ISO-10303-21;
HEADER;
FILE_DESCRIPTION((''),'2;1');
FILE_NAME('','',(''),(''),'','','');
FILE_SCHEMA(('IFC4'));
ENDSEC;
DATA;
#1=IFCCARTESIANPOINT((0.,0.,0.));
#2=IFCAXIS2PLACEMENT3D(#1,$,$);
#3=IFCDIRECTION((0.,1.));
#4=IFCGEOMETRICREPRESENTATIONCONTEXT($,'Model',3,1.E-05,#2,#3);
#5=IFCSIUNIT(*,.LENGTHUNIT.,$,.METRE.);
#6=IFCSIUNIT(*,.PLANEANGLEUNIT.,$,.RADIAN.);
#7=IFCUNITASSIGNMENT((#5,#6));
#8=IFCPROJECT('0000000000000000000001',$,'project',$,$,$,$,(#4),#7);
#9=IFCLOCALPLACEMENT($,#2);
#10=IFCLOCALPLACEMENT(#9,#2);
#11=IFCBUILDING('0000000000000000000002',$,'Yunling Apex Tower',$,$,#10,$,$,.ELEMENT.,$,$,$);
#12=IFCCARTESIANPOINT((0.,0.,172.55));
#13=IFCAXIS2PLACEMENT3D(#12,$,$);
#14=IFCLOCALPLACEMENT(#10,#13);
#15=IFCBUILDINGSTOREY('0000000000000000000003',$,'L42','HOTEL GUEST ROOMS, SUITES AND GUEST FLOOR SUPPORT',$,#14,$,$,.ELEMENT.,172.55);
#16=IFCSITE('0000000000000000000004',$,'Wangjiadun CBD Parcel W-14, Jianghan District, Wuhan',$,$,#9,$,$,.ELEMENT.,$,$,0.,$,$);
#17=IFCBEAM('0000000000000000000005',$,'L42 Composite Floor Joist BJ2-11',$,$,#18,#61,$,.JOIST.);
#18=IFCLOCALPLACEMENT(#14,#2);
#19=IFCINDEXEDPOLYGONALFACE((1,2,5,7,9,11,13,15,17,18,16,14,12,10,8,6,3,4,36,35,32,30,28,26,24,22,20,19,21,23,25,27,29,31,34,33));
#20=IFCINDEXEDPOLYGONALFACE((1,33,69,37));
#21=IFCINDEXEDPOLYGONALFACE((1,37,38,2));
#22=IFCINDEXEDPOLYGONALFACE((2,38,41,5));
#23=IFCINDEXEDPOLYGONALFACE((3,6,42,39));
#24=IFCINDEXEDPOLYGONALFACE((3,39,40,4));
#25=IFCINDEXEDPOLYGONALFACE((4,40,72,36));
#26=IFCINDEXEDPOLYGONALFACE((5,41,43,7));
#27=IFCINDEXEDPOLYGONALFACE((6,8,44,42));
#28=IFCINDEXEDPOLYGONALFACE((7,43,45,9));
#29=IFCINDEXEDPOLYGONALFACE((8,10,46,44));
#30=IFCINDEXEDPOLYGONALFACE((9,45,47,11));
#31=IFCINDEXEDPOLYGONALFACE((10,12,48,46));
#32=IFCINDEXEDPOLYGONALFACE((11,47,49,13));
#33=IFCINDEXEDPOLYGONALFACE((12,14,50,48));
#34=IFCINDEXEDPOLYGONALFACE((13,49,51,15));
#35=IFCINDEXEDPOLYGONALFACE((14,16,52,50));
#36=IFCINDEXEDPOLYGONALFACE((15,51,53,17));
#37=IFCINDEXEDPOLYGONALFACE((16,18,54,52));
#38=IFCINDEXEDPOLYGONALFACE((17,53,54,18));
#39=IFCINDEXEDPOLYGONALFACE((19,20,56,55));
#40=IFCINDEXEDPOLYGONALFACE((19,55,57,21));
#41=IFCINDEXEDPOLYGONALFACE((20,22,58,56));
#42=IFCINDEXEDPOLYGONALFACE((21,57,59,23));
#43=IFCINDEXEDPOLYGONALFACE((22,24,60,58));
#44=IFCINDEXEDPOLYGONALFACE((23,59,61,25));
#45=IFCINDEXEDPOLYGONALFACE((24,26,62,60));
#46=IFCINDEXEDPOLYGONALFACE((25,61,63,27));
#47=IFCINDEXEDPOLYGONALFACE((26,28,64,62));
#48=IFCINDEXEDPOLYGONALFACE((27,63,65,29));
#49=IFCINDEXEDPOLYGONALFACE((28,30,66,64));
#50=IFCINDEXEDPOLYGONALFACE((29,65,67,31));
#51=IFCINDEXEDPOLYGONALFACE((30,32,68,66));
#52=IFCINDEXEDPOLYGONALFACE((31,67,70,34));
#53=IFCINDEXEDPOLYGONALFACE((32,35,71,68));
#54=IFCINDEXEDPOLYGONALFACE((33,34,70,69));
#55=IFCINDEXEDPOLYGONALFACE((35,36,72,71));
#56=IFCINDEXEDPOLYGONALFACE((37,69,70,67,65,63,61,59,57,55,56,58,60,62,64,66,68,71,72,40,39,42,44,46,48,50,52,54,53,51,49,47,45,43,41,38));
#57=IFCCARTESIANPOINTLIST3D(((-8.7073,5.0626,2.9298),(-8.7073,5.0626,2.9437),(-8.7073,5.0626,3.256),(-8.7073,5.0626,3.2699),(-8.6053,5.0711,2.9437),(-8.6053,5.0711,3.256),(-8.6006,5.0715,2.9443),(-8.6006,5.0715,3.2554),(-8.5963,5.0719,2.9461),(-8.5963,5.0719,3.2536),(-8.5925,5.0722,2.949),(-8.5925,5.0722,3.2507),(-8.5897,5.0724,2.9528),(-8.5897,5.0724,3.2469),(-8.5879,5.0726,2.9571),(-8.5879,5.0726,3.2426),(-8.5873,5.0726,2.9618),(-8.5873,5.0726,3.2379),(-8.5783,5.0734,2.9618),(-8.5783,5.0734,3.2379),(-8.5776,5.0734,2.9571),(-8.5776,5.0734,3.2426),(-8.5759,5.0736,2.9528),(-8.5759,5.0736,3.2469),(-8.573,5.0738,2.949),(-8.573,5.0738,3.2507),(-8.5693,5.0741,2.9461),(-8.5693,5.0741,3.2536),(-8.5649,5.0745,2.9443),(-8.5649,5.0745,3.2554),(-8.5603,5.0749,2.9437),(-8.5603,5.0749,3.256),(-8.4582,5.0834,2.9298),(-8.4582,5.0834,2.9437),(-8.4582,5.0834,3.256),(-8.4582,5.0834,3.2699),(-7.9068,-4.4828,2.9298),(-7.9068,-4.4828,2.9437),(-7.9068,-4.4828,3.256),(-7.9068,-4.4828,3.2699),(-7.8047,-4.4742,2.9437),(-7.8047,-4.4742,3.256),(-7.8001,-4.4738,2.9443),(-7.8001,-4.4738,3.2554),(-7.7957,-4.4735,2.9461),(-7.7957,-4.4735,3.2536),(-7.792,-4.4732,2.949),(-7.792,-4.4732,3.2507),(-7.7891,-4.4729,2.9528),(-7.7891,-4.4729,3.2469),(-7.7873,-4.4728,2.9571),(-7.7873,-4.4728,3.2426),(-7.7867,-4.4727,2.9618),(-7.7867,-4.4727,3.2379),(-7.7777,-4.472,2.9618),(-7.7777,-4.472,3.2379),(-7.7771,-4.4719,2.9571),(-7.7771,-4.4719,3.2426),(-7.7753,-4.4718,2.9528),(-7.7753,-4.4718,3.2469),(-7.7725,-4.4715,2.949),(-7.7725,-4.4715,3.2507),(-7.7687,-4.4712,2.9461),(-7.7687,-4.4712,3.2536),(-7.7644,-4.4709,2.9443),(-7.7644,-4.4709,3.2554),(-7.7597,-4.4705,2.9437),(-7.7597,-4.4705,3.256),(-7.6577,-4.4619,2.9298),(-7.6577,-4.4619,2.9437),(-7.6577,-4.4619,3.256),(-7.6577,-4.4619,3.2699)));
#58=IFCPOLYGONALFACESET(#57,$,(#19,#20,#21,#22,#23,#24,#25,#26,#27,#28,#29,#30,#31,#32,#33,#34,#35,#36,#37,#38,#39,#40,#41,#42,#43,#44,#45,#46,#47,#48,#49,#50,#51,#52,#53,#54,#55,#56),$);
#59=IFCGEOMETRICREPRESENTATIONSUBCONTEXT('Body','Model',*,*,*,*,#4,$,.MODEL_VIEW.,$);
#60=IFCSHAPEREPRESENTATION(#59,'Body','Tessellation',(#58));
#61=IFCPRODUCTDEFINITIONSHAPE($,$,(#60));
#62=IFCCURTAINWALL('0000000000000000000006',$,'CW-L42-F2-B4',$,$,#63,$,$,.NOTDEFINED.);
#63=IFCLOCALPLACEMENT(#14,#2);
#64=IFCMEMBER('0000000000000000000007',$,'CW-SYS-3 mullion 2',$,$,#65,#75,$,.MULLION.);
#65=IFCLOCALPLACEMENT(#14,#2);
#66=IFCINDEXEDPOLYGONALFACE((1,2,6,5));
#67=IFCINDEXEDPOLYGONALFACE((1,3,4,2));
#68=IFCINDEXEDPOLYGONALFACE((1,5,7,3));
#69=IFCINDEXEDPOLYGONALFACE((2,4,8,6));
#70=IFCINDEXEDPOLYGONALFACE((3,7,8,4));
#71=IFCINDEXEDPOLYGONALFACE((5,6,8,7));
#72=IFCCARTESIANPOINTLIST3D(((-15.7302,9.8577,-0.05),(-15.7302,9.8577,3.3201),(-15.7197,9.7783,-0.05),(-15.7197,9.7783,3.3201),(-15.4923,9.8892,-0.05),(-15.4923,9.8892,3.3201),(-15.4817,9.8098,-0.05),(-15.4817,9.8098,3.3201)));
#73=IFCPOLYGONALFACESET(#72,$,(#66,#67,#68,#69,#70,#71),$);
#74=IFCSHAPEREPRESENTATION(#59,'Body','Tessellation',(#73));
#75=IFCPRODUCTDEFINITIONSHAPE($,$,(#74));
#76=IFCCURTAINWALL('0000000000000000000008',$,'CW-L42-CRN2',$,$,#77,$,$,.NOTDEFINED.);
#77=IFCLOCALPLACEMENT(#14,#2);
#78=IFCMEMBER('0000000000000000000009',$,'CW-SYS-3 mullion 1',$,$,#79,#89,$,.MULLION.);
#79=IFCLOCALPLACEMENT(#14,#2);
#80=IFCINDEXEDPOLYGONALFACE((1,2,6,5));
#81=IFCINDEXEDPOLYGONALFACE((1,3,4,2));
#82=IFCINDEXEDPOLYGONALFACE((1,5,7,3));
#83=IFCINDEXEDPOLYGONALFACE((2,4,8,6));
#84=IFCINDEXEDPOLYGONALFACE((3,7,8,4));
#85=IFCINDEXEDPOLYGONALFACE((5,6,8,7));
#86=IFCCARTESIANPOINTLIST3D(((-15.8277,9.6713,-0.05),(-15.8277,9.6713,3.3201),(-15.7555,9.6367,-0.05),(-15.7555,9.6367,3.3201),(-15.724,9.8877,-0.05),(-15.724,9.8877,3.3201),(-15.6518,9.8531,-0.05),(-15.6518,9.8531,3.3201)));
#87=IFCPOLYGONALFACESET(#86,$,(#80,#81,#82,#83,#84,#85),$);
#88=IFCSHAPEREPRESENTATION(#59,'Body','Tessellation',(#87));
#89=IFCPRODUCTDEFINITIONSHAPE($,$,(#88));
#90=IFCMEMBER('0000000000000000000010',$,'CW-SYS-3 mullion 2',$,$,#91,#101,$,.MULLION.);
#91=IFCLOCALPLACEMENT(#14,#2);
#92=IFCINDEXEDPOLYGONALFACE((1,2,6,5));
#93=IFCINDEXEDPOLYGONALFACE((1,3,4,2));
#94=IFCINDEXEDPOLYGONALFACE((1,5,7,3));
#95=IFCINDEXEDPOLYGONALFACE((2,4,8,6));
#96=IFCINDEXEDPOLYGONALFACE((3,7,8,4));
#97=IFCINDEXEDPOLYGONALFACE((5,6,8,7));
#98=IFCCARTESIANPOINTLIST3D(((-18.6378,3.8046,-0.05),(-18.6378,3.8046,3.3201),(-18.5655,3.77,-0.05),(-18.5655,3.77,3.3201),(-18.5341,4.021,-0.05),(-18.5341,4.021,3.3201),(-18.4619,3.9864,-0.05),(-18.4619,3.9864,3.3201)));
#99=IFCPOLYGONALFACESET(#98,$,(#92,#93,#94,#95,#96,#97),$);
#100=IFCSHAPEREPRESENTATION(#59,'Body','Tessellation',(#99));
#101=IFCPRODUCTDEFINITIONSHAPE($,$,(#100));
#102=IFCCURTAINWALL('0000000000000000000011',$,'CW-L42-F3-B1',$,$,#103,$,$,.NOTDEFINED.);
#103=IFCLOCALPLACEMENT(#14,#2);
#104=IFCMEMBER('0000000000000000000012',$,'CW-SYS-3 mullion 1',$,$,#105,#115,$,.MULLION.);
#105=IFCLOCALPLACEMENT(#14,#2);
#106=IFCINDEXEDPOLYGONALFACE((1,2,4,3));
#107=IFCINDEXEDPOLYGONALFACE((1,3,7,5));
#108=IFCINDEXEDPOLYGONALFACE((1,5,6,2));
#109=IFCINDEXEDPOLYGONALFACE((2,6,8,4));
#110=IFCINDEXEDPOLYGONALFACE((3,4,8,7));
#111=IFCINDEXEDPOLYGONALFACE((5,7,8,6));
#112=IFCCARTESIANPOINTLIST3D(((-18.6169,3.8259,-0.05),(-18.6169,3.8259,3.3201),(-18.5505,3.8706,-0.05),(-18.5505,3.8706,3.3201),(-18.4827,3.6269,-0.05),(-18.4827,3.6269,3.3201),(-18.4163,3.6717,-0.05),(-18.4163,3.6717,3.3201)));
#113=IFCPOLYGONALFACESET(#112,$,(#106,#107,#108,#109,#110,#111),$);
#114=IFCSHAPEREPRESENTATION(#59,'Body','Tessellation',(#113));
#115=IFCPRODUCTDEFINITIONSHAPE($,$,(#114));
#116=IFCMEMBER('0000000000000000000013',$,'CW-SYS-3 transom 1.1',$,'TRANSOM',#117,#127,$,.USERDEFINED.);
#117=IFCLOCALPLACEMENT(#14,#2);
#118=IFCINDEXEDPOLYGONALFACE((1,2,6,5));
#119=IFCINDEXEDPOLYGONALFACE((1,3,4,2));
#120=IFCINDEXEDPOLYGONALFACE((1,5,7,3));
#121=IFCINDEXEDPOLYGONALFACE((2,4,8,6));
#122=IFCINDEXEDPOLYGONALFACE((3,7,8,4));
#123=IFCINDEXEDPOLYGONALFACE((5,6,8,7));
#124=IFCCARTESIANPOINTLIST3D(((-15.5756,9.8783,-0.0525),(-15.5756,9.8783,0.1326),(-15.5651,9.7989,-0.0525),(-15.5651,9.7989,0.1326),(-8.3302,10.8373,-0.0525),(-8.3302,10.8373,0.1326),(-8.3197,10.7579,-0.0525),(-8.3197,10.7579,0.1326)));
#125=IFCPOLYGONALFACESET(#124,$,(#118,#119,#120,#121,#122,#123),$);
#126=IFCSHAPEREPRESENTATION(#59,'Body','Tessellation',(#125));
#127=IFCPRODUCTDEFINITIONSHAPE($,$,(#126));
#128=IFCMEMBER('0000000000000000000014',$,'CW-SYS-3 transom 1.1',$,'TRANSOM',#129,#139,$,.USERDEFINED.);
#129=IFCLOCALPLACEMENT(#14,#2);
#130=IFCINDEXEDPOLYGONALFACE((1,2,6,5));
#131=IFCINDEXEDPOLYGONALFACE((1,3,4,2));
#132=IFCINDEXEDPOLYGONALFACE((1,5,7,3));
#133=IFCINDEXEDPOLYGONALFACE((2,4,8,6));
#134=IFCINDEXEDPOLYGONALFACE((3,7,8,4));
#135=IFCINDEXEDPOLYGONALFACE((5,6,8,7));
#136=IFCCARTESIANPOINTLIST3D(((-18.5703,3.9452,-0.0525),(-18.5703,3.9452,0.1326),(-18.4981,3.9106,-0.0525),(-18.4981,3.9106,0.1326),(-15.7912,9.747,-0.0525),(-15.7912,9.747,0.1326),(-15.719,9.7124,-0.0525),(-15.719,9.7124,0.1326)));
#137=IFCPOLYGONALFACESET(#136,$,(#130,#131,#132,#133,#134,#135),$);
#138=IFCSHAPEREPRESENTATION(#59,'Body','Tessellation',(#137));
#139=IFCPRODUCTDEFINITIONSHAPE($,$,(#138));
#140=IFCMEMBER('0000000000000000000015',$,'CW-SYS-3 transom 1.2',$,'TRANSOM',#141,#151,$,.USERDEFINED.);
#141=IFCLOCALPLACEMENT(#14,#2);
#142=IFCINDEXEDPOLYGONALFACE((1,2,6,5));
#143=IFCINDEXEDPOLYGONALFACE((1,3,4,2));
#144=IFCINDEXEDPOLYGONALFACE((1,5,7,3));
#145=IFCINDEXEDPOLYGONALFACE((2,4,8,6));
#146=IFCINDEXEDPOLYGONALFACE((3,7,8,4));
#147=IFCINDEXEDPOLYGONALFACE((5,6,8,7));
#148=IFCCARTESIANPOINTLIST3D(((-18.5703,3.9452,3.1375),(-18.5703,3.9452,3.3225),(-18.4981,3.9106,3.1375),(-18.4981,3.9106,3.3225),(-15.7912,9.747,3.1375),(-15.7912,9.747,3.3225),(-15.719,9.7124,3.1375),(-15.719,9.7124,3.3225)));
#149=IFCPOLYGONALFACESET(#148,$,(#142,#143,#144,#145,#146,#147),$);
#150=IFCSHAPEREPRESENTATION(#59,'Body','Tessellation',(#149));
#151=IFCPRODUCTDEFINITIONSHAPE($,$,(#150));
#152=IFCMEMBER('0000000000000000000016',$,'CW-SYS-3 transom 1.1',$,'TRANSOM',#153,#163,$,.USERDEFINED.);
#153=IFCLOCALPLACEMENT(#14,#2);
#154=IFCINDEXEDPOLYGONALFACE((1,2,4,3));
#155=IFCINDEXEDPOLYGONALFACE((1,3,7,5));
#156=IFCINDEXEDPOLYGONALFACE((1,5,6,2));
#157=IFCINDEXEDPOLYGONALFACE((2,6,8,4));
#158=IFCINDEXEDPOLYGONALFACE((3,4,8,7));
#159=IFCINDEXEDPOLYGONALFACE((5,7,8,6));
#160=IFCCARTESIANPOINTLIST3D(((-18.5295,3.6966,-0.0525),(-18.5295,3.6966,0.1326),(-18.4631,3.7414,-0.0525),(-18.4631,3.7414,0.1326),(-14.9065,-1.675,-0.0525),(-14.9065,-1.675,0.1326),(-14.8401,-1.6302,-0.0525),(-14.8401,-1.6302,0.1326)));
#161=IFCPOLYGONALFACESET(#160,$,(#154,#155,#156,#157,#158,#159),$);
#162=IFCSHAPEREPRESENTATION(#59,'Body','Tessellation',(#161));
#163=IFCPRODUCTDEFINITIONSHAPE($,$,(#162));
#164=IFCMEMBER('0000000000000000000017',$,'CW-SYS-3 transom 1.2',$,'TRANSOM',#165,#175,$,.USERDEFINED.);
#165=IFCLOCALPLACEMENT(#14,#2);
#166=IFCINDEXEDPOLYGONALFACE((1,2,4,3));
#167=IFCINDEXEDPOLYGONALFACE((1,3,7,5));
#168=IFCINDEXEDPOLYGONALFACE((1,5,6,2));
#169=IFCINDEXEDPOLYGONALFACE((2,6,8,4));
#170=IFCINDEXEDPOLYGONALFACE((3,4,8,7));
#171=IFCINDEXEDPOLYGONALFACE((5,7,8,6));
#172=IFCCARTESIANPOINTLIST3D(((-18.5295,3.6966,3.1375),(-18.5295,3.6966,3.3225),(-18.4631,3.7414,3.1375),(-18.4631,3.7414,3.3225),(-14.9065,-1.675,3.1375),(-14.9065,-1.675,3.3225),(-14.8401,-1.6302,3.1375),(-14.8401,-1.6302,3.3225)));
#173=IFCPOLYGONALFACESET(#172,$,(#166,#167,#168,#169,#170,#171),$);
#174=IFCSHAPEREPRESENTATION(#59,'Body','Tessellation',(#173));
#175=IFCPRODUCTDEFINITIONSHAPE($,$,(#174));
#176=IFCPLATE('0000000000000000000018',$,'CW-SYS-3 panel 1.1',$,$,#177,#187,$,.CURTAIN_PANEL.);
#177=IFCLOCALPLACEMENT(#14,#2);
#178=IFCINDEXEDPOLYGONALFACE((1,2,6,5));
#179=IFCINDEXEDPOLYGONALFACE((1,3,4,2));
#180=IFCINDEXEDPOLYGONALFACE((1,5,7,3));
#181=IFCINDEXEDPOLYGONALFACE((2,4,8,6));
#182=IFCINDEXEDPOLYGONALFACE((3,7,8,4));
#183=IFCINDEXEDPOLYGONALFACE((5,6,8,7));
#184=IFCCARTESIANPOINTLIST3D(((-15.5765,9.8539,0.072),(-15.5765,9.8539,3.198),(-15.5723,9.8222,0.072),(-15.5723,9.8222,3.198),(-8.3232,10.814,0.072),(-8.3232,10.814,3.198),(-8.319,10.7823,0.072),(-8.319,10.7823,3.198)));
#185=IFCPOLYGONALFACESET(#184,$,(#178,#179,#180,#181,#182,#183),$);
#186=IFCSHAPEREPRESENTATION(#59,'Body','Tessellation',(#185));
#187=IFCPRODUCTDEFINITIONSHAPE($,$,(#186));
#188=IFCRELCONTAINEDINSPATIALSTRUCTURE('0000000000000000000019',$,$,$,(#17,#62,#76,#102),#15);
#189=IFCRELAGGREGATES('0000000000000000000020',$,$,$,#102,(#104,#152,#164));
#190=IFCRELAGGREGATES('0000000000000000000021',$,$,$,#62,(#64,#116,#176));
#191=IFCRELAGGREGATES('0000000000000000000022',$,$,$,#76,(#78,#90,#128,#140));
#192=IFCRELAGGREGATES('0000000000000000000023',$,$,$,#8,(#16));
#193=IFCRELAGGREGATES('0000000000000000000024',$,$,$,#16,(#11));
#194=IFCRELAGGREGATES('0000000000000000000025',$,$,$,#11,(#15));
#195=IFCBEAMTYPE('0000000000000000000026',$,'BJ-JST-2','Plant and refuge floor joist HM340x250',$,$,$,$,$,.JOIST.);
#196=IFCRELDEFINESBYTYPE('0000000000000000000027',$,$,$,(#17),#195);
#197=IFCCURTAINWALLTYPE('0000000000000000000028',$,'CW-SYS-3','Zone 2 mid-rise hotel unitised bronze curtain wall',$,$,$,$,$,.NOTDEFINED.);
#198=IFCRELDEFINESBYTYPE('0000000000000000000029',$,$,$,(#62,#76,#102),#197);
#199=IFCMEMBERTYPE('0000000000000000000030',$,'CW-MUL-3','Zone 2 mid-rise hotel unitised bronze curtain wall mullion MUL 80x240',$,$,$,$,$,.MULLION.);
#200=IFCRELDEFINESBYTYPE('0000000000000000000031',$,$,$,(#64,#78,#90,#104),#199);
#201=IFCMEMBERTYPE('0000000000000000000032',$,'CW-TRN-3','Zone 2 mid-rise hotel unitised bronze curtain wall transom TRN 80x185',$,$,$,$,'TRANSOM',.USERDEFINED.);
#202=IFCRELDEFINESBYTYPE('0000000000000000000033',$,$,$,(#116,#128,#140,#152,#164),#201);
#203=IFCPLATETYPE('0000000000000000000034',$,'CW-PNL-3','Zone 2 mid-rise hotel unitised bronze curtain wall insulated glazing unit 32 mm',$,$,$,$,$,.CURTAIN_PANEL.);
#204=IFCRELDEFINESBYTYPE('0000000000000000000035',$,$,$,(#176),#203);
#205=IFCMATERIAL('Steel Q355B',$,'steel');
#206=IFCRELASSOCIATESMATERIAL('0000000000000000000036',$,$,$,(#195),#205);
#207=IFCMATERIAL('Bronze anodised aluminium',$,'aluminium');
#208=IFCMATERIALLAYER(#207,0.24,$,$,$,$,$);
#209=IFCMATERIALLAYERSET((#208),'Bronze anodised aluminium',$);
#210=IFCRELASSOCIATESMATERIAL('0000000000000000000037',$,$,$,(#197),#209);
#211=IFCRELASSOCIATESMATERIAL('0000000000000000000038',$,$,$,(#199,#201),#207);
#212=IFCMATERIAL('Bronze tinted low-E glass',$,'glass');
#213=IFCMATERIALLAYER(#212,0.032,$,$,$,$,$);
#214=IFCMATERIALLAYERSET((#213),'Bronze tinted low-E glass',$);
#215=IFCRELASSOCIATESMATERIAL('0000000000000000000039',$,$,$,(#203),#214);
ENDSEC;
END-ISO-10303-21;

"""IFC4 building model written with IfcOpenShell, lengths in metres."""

from ifc_helpers import new_model, si_unit, direction, frame, origin, origin_2d, place, context, subcontext, project, spatial, rectangle, i_section, extrude, source, transform, mapped, material, layer, layer_set, material_profile, profile_set, type_object, element, aggregate, save


model = new_model("IFC4")

# Units and contexts
model_context = context("Model", 3, precision=1e-05, world=origin(), true_north=direction((0.0, 1.0)))
body_context = subcontext(model_context, "Body", "Model", "MODEL_VIEW")
ifc_project = project(units=[si_unit("LENGTHUNIT", "METRE"), si_unit("PLANEANGLEUNIT", "RADIAN")], contexts=[model_context])

# Site, building, storey
site_placement = place(None, origin())
site = spatial("IfcSite", under=ifc_project, at=site_placement, Name="Wangjiadun CBD Parcel W-14, Jianghan District, Wuhan", CompositionType="ELEMENT", RefElevation=0.0)
building_placement = place(site_placement, origin())
building = spatial("IfcBuilding", under=site, at=building_placement, Name="Yunling Apex Tower", CompositionType="ELEMENT")
storey_placement = place(building_placement, frame((0.0, 0.0, 172.55)))
storey = spatial("IfcBuildingStorey", under=building, at=storey_placement, Name="L42", Description="HOTEL GUEST ROOMS, SUITES AND GUEST FLOOR SUPPORT", CompositionType="ELEMENT", Elevation=172.55)

# Beam
ifc_material_1 = material(Name="Steel Q355B", Category="steel")
ifc_material_profile_1 = material_profile(ifc_material_1, i_section(OverallWidth=0.25, OverallDepth=0.3401, WebThickness=0.009, FlangeThickness=0.0139, FilletRadius=0.0181, at=origin_2d()))
ifc_profile_set_1 = profile_set([ifc_material_profile_1], Name="Steel Q355B")
beam_type_1 = type_object("IfcBeamType", Name="BJ-JST-2", Description="Plant and refuge floor joist HM340x250", PredefinedType="JOIST", material=ifc_profile_set_1)
shared_shape_1 = source(origin(), body_context, "Body", "SweptSolid", [
    extrude(i_section(OverallWidth=0.25, OverallDepth=0.3401, WebThickness=0.009, FlangeThickness=0.0139, FilletRadius=0.0181, at=origin_2d()), origin(), (0.0, 0.0, 1.0), 9.5789),
])
beam_1_placement = place(storey_placement, frame((-8.5828, 5.073, 3.0999), z_axis=(0.083573, -0.996502, 0.0), x_axis=(0.996502, 0.083573, 0.0)))
element("IfcBeam", 1, at=beam_1_placement, inside=storey, type_object=beam_type_1, Name="L42 Composite Floor Joist BJ2-11", PredefinedType="JOIST", context=body_context, shape_type="MappedRepresentation", body=[
    mapped(shared_shape_1, transform((0.0, 0.0, 0.0), scale=1.0)),
])

# Curtain wall, member
ifc_material_2 = material(Name="Bronze anodised aluminium", Category="aluminium")
ifc_layer_1 = layer(ifc_material_2, 0.24)
ifc_layer_set_1 = layer_set([ifc_layer_1], Name="Bronze anodised aluminium")
curtain_wall_type = type_object("IfcCurtainWallType", Name="CW-SYS-3", Description="Zone 2 mid-rise hotel unitised bronze curtain wall", PredefinedType="NOTDEFINED", material=ifc_layer_set_1)
curtain_wall_1_placement = place(storey_placement, origin())
curtain_wall_1 = element("IfcCurtainWall", 2, at=curtain_wall_1_placement, inside=storey, type_object=curtain_wall_type, Name="CW-L42-F2-B4", PredefinedType="NOTDEFINED")
ifc_material_profile_2 = material_profile(ifc_material_2, rectangle(XDim=0.0801, YDim=0.24, at=origin_2d()))
ifc_profile_set_2 = profile_set([ifc_material_profile_2], Name="Bronze anodised aluminium")
member_type_1 = type_object("IfcMemberType", Name="CW-MUL-3", Description="Zone 2 mid-rise hotel unitised bronze curtain wall mullion MUL 80x240", PredefinedType="MULLION", material=ifc_profile_set_2)
shared_shape_2 = source(origin(), body_context, "Body", "SweptSolid", [
    extrude(rectangle(XDim=0.0801, YDim=0.24, at=origin_2d()), origin(), (0.0, 0.0, 1.0), 3.3701),
])
member_1_placement = place(storey_placement, frame((-15.606, 9.8337, -0.05), z_axis=(0.0, 0.0, 1.0), x_axis=(0.131222, -0.991353, 0.0)))
member_1 = element("IfcMember", 3, at=member_1_placement, type_object=member_type_1, Name="CW-SYS-3 mullion 2", PredefinedType="MULLION", context=body_context, shape_type="MappedRepresentation", body=[
    mapped(shared_shape_2, transform((0.0, 0.0, 0.0), scale=1.0)),
])

# Curtain wall, members
curtain_wall_2_placement = place(storey_placement, origin())
curtain_wall_2 = element("IfcCurtainWall", 4, at=curtain_wall_2_placement, inside=storey, type_object=curtain_wall_type, Name="CW-L42-CRN2", PredefinedType="NOTDEFINED")
member_2_placement = place(storey_placement, frame((-15.7397, 9.7622, -0.05), z_axis=(0.0, 0.0, 1.0), x_axis=(0.901877, -0.431994, 0.0)))
member_2 = element("IfcMember", 5, at=member_2_placement, type_object=member_type_1, Name="CW-SYS-3 mullion 1", PredefinedType="MULLION", context=body_context, shape_type="MappedRepresentation", body=[
    mapped(shared_shape_2, transform((0.0, 0.0, 0.0), scale=1.0)),
])
member_3_placement = place(storey_placement, frame((-18.5498, 3.8955, -0.05), z_axis=(0.0, 0.0, 1.0), x_axis=(0.901877, -0.431994, 0.0)))
member_3 = element("IfcMember", 6, at=member_3_placement, type_object=member_type_1, Name="CW-SYS-3 mullion 2", PredefinedType="MULLION", context=body_context, shape_type="MappedRepresentation", body=[
    mapped(shared_shape_2, transform((0.0, 0.0, 0.0), scale=1.0)),
])

# Curtain wall, member
curtain_wall_3_placement = place(storey_placement, origin())
curtain_wall_3 = element("IfcCurtainWall", 7, at=curtain_wall_3_placement, inside=storey, type_object=curtain_wall_type, Name="CW-L42-F3-B1", PredefinedType="NOTDEFINED")
member_4_placement = place(storey_placement, frame((-18.5166, 3.7488, -0.05), z_axis=(0.0, 0.0, 1.0), x_axis=(0.829045, 0.559181, 0.0)))
member_4 = element("IfcMember", 8, at=member_4_placement, type_object=member_type_1, Name="CW-SYS-3 mullion 1", PredefinedType="MULLION", context=body_context, shape_type="MappedRepresentation", body=[
    mapped(shared_shape_2, transform((0.0, 0.0, 0.0), scale=1.0)),
])

# Members
ifc_material_profile_3 = material_profile(ifc_material_2, rectangle(XDim=0.0801, YDim=0.1851, at=origin_2d()))
ifc_profile_set_3 = profile_set([ifc_material_profile_3], Name="Bronze anodised aluminium")
member_type_2 = type_object("IfcMemberType", Name="CW-TRN-3", Description="Zone 2 mid-rise hotel unitised bronze curtain wall transom TRN 80x185", ElementType="TRANSOM", PredefinedType="USERDEFINED", material=ifc_profile_set_3)
shared_shape_3 = source(origin(), body_context, "Body", "SweptSolid", [
    extrude(rectangle(XDim=0.0801, YDim=0.1851, at=origin_2d()), origin(), (0.0, 0.0, 1.0), 7.3086),
])
member_5_placement = place(storey_placement, frame((-8.325, 10.7976, 0.04), z_axis=(-0.991354, -0.131214, 0.0), x_axis=(0.131214, -0.991354, 0.0)))
member_5 = element("IfcMember", 9, at=member_5_placement, type_object=member_type_2, Name="CW-SYS-3 transom 1.1", ObjectType="TRANSOM", PredefinedType="USERDEFINED", context=body_context, shape_type="MappedRepresentation", body=[
    mapped(shared_shape_3, transform((0.0, 0.0, 0.0), scale=1.0)),
])
shared_shape_4 = source(origin(), body_context, "Body", "SweptSolid", [
    extrude(rectangle(XDim=0.0801, YDim=0.1851, at=origin_2d()), origin(), (0.0, 0.0, 1.0), 6.4331),
])
member_6_placement = place(storey_placement, frame((-15.7551, 9.7297, 0.04), z_axis=(-0.431999, -0.901874, 0.0), x_axis=(0.901874, -0.431999, 0.0)))
member_6 = element("IfcMember", 10, at=member_6_placement, type_object=member_type_2, Name="CW-SYS-3 transom 1.1", ObjectType="TRANSOM", PredefinedType="USERDEFINED", context=body_context, shape_type="MappedRepresentation", body=[
    mapped(shared_shape_4, transform((0.0, 0.0, 0.0), scale=1.0)),
])
member_7_placement = place(storey_placement, frame((-15.7551, 9.7297, 3.23), z_axis=(-0.431999, -0.901874, 0.0), x_axis=(0.901874, -0.431999, 0.0)))
member_7 = element("IfcMember", 11, at=member_7_placement, type_object=member_type_2, Name="CW-SYS-3 transom 1.2", ObjectType="TRANSOM", PredefinedType="USERDEFINED", context=body_context, shape_type="MappedRepresentation", body=[
    mapped(shared_shape_4, transform((0.0, 0.0, 0.0), scale=1.0)),
])
shared_shape_5 = source(origin(), body_context, "Body", "SweptSolid", [
    extrude(rectangle(XDim=0.0801, YDim=0.1851, at=origin_2d()), origin(), (0.0, 0.0, 1.0), 6.4792),
])
member_8_placement = place(storey_placement, frame((-18.4963, 3.719, 0.04), z_axis=(0.559179, -0.829047, 0.0), x_axis=(0.829047, 0.559179, 0.0)))
member_8 = element("IfcMember", 12, at=member_8_placement, type_object=member_type_2, Name="CW-SYS-3 transom 1.1", ObjectType="TRANSOM", PredefinedType="USERDEFINED", context=body_context, shape_type="MappedRepresentation", body=[
    mapped(shared_shape_5, transform((0.0, 0.0, 0.0), scale=1.0)),
])
member_9_placement = place(storey_placement, frame((-18.4963, 3.719, 3.23), z_axis=(0.559179, -0.829047, 0.0), x_axis=(0.829047, 0.559179, 0.0)))
member_9 = element("IfcMember", 13, at=member_9_placement, type_object=member_type_2, Name="CW-SYS-3 transom 1.2", ObjectType="TRANSOM", PredefinedType="USERDEFINED", context=body_context, shape_type="MappedRepresentation", body=[
    mapped(shared_shape_5, transform((0.0, 0.0, 0.0), scale=1.0)),
])
aggregate(curtain_wall_3, [member_4, member_8, member_9])

# Plate
ifc_material_3 = material(Name="Bronze tinted low-E glass", Category="glass")
ifc_layer_2 = layer(ifc_material_3, 0.032)
ifc_layer_set_2 = layer_set([ifc_layer_2], Name="Bronze tinted low-E glass")
plate_type = type_object("IfcPlateType", Name="CW-PNL-3", Description="Zone 2 mid-rise hotel unitised bronze curtain wall insulated glazing unit 32 mm", PredefinedType="CURTAIN_PANEL", material=ifc_layer_set_2)
shared_shape_6 = source(origin(), body_context, "Body", "SweptSolid", [
    extrude(rectangle(XDim=7.3167, YDim=0.032, at=origin_2d()), origin(), (0.0, 0.0, 1.0), 3.126),
])
plate_1_placement = place(storey_placement, frame((-11.9478, 10.3181, 0.072), z_axis=(0.0, 0.0, 1.0), x_axis=(-0.991353, -0.131222, 0.0)))
plate_1 = element("IfcPlate", 14, at=plate_1_placement, type_object=plate_type, Name="CW-SYS-3 panel 1.1", PredefinedType="CURTAIN_PANEL", context=body_context, shape_type="MappedRepresentation", body=[
    mapped(shared_shape_6, transform((0.0, 0.0, 0.0), scale=1.0)),
])
aggregate(curtain_wall_1, [member_1, member_5, plate_1])
aggregate(curtain_wall_2, [member_2, member_3, member_6, member_7])

save(model, "model.ifc")
